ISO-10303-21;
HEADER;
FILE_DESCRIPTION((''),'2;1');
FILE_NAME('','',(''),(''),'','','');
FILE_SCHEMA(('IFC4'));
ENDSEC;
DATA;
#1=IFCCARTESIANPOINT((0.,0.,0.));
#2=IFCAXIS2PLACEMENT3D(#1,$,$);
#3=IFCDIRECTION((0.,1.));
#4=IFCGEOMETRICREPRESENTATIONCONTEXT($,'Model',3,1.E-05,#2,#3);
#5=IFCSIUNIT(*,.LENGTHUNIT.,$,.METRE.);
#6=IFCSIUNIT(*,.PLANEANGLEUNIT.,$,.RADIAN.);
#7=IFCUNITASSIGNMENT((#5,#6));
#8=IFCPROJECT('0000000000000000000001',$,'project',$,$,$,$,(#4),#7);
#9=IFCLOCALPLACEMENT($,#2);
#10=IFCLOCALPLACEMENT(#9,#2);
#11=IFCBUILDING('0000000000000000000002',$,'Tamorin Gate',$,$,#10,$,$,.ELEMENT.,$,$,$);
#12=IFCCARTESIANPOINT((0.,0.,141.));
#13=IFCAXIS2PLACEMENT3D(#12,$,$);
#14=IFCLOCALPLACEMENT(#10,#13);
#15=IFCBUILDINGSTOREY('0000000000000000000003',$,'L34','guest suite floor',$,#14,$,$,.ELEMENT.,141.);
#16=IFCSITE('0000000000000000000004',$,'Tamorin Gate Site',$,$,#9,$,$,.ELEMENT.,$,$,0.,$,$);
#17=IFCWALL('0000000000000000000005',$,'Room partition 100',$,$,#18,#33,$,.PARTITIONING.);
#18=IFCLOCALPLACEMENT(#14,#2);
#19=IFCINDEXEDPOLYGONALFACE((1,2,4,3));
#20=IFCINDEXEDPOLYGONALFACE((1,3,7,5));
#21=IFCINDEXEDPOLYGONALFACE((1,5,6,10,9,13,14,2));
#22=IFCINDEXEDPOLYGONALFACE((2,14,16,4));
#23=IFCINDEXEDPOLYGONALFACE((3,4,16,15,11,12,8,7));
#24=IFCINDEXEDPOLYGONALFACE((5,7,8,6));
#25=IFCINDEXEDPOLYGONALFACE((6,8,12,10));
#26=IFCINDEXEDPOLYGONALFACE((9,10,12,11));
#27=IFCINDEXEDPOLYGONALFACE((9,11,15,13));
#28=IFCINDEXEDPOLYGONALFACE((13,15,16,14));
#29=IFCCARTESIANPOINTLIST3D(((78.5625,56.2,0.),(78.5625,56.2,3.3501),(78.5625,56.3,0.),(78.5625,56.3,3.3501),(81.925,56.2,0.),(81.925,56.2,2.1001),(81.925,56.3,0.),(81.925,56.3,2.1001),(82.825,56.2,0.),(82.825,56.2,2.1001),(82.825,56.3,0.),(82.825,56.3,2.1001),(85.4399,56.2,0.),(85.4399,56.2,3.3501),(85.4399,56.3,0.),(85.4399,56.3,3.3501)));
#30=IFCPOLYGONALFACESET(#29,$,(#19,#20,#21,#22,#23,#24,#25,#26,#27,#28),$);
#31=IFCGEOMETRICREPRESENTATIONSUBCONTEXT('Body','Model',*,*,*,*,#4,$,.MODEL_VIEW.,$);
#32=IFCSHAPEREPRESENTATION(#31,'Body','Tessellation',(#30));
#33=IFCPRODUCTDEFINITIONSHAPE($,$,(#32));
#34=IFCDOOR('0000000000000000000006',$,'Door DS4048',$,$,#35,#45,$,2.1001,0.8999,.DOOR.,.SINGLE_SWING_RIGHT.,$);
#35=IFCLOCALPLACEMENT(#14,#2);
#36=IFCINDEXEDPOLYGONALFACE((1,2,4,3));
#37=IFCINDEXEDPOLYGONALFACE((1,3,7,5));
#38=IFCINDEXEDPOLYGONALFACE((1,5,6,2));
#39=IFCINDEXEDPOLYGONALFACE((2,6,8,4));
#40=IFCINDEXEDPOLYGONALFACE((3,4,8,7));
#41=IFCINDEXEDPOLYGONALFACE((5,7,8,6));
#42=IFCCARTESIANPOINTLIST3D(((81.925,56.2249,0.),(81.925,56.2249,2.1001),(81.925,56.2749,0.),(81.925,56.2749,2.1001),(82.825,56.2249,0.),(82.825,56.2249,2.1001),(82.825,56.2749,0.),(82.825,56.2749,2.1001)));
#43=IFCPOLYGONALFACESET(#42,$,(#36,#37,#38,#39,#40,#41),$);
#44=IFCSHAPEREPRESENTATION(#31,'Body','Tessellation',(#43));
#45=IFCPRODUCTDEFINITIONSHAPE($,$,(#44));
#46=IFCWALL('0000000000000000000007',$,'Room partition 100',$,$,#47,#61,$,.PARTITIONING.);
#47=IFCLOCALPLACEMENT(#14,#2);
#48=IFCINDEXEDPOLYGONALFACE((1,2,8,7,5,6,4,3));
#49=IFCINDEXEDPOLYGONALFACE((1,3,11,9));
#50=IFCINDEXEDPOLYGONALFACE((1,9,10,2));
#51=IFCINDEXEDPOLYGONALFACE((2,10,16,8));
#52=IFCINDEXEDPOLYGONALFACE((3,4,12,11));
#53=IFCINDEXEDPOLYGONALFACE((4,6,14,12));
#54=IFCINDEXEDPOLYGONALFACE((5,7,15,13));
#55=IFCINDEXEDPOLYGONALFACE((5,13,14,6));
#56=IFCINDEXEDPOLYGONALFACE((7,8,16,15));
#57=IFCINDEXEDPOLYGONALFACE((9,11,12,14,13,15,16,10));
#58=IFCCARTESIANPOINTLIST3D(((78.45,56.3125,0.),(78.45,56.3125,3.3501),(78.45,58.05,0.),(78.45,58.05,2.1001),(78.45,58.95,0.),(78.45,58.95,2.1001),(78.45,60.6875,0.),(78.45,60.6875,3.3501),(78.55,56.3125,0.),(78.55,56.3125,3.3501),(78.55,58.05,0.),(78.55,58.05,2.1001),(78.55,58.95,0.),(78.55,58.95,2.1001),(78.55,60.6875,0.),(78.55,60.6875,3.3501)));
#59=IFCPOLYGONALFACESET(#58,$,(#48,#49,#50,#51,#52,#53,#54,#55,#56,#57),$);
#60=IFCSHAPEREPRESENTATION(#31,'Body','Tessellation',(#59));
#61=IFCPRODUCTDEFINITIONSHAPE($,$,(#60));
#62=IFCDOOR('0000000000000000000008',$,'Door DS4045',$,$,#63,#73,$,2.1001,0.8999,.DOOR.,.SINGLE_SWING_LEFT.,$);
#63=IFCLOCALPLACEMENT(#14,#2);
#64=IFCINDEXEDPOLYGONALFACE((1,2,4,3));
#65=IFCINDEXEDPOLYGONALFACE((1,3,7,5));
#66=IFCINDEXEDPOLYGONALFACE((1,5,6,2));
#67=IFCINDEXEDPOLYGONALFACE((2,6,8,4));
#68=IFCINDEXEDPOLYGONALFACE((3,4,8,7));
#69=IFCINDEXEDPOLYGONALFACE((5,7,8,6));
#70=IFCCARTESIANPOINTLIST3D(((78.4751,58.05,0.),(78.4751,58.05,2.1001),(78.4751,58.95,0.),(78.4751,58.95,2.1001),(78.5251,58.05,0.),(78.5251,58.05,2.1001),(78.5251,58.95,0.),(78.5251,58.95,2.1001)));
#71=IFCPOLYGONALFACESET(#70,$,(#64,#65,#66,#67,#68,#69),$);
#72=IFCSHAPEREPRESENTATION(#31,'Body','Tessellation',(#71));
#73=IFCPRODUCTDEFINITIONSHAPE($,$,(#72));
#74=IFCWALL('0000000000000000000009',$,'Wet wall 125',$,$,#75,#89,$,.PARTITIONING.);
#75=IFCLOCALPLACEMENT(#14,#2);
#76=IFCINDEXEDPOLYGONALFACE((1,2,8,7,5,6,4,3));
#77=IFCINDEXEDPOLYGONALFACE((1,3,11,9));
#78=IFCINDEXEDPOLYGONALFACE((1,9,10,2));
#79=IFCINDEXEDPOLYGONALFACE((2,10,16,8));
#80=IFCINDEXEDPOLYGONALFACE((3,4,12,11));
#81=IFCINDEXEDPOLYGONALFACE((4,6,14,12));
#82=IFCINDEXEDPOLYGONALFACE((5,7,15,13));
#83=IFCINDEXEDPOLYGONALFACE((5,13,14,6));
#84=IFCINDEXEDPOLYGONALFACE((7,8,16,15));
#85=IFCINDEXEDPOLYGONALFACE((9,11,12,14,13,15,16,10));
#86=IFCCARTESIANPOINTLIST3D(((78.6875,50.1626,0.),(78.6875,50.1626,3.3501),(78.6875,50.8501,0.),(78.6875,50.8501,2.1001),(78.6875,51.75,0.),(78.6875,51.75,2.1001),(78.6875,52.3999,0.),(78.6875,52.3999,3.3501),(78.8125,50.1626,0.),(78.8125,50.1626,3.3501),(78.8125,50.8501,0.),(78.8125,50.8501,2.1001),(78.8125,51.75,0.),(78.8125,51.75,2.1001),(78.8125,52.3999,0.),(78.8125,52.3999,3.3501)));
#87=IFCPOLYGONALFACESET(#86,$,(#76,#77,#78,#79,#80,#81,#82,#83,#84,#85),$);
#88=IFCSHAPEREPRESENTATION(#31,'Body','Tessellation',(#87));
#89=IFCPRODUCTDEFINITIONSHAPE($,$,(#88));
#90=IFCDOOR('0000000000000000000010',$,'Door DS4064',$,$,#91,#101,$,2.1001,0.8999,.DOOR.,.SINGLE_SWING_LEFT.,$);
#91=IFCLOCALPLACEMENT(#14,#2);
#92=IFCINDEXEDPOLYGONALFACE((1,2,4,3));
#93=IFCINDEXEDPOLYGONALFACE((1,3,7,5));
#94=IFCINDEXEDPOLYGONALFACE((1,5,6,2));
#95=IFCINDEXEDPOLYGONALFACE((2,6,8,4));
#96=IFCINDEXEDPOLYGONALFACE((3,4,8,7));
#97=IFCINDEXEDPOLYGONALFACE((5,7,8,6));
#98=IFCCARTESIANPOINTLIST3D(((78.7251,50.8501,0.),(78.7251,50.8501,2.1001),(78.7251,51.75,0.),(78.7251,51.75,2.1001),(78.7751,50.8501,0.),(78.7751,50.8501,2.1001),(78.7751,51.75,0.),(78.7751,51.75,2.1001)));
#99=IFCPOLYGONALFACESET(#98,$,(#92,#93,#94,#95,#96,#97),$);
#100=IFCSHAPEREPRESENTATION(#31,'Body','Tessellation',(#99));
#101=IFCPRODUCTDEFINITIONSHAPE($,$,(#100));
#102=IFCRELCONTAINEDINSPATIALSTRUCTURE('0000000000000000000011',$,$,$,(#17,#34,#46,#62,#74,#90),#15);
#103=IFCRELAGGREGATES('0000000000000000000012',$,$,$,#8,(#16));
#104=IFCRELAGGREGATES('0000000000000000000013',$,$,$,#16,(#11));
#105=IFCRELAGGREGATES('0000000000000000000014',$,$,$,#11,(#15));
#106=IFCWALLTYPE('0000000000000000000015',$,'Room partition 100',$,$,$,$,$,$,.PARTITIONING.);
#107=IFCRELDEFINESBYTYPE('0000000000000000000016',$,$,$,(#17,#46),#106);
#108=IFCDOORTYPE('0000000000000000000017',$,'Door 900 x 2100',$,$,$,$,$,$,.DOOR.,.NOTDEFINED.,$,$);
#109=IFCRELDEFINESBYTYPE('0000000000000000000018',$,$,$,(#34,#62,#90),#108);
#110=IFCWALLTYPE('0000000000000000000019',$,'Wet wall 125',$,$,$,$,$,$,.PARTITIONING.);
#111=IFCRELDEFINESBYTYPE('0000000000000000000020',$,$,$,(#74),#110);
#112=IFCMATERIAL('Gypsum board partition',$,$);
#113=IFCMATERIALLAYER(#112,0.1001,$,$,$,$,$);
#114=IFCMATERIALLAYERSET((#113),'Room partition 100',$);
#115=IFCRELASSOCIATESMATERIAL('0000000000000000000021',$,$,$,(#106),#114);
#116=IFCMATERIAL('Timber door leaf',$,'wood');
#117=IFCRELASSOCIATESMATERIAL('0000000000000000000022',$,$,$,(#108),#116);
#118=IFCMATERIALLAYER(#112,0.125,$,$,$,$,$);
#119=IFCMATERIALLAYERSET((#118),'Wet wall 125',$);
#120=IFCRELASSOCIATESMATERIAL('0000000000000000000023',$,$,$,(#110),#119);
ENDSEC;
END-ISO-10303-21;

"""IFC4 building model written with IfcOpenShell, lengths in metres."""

from ifc_helpers import new_model, si_unit, direction, frame, frame_2d, origin, place, context, subcontext, project, spatial, rectangle, extrude, material, layer, layer_set, type_object, element, fill, save


model = new_model("IFC4")

# Units and contexts
model_context = context("Model", 3, precision=1e-05, world=origin(), true_north=direction((0.0, 1.0)))
body_context = subcontext(model_context, "Body", "Model", "MODEL_VIEW")
ifc_project = project(units=[si_unit("LENGTHUNIT", "METRE"), si_unit("PLANEANGLEUNIT", "RADIAN")], contexts=[model_context])

# Site, building, storey
site_placement = place(None, origin())
site = spatial("IfcSite", under=ifc_project, at=site_placement, Name="Tamorin Gate Site", CompositionType="ELEMENT", RefElevation=0.0)
building_placement = place(site_placement, origin())
building = spatial("IfcBuilding", under=site, at=building_placement, Name="Tamorin Gate", CompositionType="ELEMENT")
storey_placement = place(building_placement, frame((0.0, 0.0, 141.0)))
storey = spatial("IfcBuildingStorey", under=building, at=storey_placement, Name="L34", Description="guest suite floor", CompositionType="ELEMENT", Elevation=141.0)

# Walls, openings, doors
ifc_material_1 = material(Name="Gypsum board partition")
ifc_layer_1 = layer(ifc_material_1, 0.1001)
ifc_layer_set_1 = layer_set([ifc_layer_1], Name="Room partition 100")
wall_type_1 = type_object("IfcWallType", Name="Room partition 100", PredefinedType="PARTITIONING", material=ifc_layer_set_1)
wall_1_placement = place(storey_placement, frame((78.5625, 56.25, 0.0), z_axis=(0.0, 0.0, 1.0), x_axis=(1.0, 0.0, 0.0)))
wall_1 = element("IfcWall", 1, at=wall_1_placement, inside=storey, type_object=wall_type_1, Name="Room partition 100", PredefinedType="PARTITIONING", context=body_context, shape_type="SweptSolid", body=[
    extrude(rectangle(XDim=6.8774, YDim=0.1001, at=frame_2d((3.4387, 0.0))), origin(), (0.0, 0.0, 1.0), 3.3501),
])
opening_1_placement = place(wall_1_placement, frame((3.3625, 0.0, 0.0)))
opening_1 = element("IfcOpeningElement", 2, at=opening_1_placement, cuts=wall_1, PredefinedType="OPENING", context=body_context, shape_type="SweptSolid", body=[
    extrude(rectangle(XDim=0.8999, YDim=2.1001, at=frame_2d((0.45, 1.05))), frame((0.0, 0.0601, 0.0), z_axis=(0.0, -1.0, 0.0), x_axis=(1.0, 0.0, 0.0)), (0.0, 0.0, 1.0), 0.1201),
])
ifc_material_2 = material(Name="Timber door leaf", Category="wood")
door_type = type_object("IfcDoorType", Name="Door 900 x 2100", OperationType="NOTDEFINED", PredefinedType="DOOR", material=ifc_material_2)
door_1_placement = place(opening_1_placement, origin())
door_1 = element("IfcDoor", 3, at=door_1_placement, inside=storey, type_object=door_type, Name="Door DS4048", OperationType="SINGLE_SWING_RIGHT", OverallHeight=2.1001, OverallWidth=0.8999, PredefinedType="DOOR", context=body_context, shape_type="SweptSolid", body=[
    extrude(rectangle(XDim=0.8999, YDim=2.1001, at=frame_2d((0.45, 1.05))), frame((0.0, 0.0249, 0.0), z_axis=(0.0, -1.0, 0.0), x_axis=(1.0, 0.0, 0.0)), (0.0, 0.0, 1.0), 0.05),
])
fill(opening_1, door_1)
wall_2_placement = place(storey_placement, frame((78.5, 56.3125, 0.0), z_axis=(0.0, 0.0, 1.0), x_axis=(0.0, 1.0, 0.0)))
wall_2 = element("IfcWall", 4, at=wall_2_placement, inside=storey, type_object=wall_type_1, Name="Room partition 100", PredefinedType="PARTITIONING", context=body_context, shape_type="SweptSolid", body=[
    extrude(rectangle(XDim=4.375, YDim=0.1001, at=frame_2d((2.1875, 0.0))), origin(), (0.0, 0.0, 1.0), 3.3501),
])
opening_2_placement = place(wall_2_placement, frame((1.7375, 0.0, 0.0)))
opening_2 = element("IfcOpeningElement", 5, at=opening_2_placement, cuts=wall_2, PredefinedType="OPENING", context=body_context, shape_type="SweptSolid", body=[
    extrude(rectangle(XDim=0.8999, YDim=2.1001, at=frame_2d((0.45, 1.05))), frame((0.0, 0.0601, 0.0), z_axis=(0.0, -1.0, 0.0), x_axis=(1.0, 0.0, 0.0)), (0.0, 0.0, 1.0), 0.1201),
])
door_2_placement = place(opening_2_placement, origin())
door_2 = element("IfcDoor", 6, at=door_2_placement, inside=storey, type_object=door_type, Name="Door DS4045", OperationType="SINGLE_SWING_LEFT", OverallHeight=2.1001, OverallWidth=0.8999, PredefinedType="DOOR", context=body_context, shape_type="SweptSolid", body=[
    extrude(rectangle(XDim=0.8999, YDim=2.1001, at=frame_2d((0.45, 1.05))), frame((0.0, 0.0249, 0.0), z_axis=(0.0, -1.0, 0.0), x_axis=(1.0, 0.0, 0.0)), (0.0, 0.0, 1.0), 0.05),
])
fill(opening_2, door_2)
ifc_layer_2 = layer(ifc_material_1, 0.125)
ifc_layer_set_2 = layer_set([ifc_layer_2], Name="Wet wall 125")
wall_type_2 = type_object("IfcWallType", Name="Wet wall 125", PredefinedType="PARTITIONING", material=ifc_layer_set_2)
wall_3_placement = place(storey_placement, frame((78.75, 50.1626, 0.0), z_axis=(0.0, 0.0, 1.0), x_axis=(0.0, 1.0, 0.0)))
wall_3 = element("IfcWall", 7, at=wall_3_placement, inside=storey, type_object=wall_type_2, Name="Wet wall 125", PredefinedType="PARTITIONING", context=body_context, shape_type="SweptSolid", body=[
    extrude(rectangle(XDim=2.2373, YDim=0.125, at=frame_2d((1.1187, 0.0))), origin(), (0.0, 0.0, 1.0), 3.3501),
])
opening_3_placement = place(wall_3_placement, frame((0.6875, 0.0, 0.0)))
opening_3 = element("IfcOpeningElement", 8, at=opening_3_placement, cuts=wall_3, PredefinedType="OPENING", context=body_context, shape_type="SweptSolid", body=[
    extrude(rectangle(XDim=0.8999, YDim=2.1001, at=frame_2d((0.45, 1.05))), frame((0.0, 0.0725, 0.0), z_axis=(0.0, -1.0, 0.0), x_axis=(1.0, 0.0, 0.0)), (0.0, 0.0, 1.0), 0.145),
])
door_3_placement = place(opening_3_placement, origin())
door_3 = element("IfcDoor", 9, at=door_3_placement, inside=storey, type_object=door_type, Name="Door DS4064", OperationType="SINGLE_SWING_LEFT", OverallHeight=2.1001, OverallWidth=0.8999, PredefinedType="DOOR", context=body_context, shape_type="SweptSolid", body=[
    extrude(rectangle(XDim=0.8999, YDim=2.1001, at=frame_2d((0.45, 1.05))), frame((0.0, 0.0249, 0.0), z_axis=(0.0, -1.0, 0.0), x_axis=(1.0, 0.0, 0.0)), (0.0, 0.0, 1.0), 0.05),
])
fill(opening_3, door_3)

save(model, "model.ifc")
